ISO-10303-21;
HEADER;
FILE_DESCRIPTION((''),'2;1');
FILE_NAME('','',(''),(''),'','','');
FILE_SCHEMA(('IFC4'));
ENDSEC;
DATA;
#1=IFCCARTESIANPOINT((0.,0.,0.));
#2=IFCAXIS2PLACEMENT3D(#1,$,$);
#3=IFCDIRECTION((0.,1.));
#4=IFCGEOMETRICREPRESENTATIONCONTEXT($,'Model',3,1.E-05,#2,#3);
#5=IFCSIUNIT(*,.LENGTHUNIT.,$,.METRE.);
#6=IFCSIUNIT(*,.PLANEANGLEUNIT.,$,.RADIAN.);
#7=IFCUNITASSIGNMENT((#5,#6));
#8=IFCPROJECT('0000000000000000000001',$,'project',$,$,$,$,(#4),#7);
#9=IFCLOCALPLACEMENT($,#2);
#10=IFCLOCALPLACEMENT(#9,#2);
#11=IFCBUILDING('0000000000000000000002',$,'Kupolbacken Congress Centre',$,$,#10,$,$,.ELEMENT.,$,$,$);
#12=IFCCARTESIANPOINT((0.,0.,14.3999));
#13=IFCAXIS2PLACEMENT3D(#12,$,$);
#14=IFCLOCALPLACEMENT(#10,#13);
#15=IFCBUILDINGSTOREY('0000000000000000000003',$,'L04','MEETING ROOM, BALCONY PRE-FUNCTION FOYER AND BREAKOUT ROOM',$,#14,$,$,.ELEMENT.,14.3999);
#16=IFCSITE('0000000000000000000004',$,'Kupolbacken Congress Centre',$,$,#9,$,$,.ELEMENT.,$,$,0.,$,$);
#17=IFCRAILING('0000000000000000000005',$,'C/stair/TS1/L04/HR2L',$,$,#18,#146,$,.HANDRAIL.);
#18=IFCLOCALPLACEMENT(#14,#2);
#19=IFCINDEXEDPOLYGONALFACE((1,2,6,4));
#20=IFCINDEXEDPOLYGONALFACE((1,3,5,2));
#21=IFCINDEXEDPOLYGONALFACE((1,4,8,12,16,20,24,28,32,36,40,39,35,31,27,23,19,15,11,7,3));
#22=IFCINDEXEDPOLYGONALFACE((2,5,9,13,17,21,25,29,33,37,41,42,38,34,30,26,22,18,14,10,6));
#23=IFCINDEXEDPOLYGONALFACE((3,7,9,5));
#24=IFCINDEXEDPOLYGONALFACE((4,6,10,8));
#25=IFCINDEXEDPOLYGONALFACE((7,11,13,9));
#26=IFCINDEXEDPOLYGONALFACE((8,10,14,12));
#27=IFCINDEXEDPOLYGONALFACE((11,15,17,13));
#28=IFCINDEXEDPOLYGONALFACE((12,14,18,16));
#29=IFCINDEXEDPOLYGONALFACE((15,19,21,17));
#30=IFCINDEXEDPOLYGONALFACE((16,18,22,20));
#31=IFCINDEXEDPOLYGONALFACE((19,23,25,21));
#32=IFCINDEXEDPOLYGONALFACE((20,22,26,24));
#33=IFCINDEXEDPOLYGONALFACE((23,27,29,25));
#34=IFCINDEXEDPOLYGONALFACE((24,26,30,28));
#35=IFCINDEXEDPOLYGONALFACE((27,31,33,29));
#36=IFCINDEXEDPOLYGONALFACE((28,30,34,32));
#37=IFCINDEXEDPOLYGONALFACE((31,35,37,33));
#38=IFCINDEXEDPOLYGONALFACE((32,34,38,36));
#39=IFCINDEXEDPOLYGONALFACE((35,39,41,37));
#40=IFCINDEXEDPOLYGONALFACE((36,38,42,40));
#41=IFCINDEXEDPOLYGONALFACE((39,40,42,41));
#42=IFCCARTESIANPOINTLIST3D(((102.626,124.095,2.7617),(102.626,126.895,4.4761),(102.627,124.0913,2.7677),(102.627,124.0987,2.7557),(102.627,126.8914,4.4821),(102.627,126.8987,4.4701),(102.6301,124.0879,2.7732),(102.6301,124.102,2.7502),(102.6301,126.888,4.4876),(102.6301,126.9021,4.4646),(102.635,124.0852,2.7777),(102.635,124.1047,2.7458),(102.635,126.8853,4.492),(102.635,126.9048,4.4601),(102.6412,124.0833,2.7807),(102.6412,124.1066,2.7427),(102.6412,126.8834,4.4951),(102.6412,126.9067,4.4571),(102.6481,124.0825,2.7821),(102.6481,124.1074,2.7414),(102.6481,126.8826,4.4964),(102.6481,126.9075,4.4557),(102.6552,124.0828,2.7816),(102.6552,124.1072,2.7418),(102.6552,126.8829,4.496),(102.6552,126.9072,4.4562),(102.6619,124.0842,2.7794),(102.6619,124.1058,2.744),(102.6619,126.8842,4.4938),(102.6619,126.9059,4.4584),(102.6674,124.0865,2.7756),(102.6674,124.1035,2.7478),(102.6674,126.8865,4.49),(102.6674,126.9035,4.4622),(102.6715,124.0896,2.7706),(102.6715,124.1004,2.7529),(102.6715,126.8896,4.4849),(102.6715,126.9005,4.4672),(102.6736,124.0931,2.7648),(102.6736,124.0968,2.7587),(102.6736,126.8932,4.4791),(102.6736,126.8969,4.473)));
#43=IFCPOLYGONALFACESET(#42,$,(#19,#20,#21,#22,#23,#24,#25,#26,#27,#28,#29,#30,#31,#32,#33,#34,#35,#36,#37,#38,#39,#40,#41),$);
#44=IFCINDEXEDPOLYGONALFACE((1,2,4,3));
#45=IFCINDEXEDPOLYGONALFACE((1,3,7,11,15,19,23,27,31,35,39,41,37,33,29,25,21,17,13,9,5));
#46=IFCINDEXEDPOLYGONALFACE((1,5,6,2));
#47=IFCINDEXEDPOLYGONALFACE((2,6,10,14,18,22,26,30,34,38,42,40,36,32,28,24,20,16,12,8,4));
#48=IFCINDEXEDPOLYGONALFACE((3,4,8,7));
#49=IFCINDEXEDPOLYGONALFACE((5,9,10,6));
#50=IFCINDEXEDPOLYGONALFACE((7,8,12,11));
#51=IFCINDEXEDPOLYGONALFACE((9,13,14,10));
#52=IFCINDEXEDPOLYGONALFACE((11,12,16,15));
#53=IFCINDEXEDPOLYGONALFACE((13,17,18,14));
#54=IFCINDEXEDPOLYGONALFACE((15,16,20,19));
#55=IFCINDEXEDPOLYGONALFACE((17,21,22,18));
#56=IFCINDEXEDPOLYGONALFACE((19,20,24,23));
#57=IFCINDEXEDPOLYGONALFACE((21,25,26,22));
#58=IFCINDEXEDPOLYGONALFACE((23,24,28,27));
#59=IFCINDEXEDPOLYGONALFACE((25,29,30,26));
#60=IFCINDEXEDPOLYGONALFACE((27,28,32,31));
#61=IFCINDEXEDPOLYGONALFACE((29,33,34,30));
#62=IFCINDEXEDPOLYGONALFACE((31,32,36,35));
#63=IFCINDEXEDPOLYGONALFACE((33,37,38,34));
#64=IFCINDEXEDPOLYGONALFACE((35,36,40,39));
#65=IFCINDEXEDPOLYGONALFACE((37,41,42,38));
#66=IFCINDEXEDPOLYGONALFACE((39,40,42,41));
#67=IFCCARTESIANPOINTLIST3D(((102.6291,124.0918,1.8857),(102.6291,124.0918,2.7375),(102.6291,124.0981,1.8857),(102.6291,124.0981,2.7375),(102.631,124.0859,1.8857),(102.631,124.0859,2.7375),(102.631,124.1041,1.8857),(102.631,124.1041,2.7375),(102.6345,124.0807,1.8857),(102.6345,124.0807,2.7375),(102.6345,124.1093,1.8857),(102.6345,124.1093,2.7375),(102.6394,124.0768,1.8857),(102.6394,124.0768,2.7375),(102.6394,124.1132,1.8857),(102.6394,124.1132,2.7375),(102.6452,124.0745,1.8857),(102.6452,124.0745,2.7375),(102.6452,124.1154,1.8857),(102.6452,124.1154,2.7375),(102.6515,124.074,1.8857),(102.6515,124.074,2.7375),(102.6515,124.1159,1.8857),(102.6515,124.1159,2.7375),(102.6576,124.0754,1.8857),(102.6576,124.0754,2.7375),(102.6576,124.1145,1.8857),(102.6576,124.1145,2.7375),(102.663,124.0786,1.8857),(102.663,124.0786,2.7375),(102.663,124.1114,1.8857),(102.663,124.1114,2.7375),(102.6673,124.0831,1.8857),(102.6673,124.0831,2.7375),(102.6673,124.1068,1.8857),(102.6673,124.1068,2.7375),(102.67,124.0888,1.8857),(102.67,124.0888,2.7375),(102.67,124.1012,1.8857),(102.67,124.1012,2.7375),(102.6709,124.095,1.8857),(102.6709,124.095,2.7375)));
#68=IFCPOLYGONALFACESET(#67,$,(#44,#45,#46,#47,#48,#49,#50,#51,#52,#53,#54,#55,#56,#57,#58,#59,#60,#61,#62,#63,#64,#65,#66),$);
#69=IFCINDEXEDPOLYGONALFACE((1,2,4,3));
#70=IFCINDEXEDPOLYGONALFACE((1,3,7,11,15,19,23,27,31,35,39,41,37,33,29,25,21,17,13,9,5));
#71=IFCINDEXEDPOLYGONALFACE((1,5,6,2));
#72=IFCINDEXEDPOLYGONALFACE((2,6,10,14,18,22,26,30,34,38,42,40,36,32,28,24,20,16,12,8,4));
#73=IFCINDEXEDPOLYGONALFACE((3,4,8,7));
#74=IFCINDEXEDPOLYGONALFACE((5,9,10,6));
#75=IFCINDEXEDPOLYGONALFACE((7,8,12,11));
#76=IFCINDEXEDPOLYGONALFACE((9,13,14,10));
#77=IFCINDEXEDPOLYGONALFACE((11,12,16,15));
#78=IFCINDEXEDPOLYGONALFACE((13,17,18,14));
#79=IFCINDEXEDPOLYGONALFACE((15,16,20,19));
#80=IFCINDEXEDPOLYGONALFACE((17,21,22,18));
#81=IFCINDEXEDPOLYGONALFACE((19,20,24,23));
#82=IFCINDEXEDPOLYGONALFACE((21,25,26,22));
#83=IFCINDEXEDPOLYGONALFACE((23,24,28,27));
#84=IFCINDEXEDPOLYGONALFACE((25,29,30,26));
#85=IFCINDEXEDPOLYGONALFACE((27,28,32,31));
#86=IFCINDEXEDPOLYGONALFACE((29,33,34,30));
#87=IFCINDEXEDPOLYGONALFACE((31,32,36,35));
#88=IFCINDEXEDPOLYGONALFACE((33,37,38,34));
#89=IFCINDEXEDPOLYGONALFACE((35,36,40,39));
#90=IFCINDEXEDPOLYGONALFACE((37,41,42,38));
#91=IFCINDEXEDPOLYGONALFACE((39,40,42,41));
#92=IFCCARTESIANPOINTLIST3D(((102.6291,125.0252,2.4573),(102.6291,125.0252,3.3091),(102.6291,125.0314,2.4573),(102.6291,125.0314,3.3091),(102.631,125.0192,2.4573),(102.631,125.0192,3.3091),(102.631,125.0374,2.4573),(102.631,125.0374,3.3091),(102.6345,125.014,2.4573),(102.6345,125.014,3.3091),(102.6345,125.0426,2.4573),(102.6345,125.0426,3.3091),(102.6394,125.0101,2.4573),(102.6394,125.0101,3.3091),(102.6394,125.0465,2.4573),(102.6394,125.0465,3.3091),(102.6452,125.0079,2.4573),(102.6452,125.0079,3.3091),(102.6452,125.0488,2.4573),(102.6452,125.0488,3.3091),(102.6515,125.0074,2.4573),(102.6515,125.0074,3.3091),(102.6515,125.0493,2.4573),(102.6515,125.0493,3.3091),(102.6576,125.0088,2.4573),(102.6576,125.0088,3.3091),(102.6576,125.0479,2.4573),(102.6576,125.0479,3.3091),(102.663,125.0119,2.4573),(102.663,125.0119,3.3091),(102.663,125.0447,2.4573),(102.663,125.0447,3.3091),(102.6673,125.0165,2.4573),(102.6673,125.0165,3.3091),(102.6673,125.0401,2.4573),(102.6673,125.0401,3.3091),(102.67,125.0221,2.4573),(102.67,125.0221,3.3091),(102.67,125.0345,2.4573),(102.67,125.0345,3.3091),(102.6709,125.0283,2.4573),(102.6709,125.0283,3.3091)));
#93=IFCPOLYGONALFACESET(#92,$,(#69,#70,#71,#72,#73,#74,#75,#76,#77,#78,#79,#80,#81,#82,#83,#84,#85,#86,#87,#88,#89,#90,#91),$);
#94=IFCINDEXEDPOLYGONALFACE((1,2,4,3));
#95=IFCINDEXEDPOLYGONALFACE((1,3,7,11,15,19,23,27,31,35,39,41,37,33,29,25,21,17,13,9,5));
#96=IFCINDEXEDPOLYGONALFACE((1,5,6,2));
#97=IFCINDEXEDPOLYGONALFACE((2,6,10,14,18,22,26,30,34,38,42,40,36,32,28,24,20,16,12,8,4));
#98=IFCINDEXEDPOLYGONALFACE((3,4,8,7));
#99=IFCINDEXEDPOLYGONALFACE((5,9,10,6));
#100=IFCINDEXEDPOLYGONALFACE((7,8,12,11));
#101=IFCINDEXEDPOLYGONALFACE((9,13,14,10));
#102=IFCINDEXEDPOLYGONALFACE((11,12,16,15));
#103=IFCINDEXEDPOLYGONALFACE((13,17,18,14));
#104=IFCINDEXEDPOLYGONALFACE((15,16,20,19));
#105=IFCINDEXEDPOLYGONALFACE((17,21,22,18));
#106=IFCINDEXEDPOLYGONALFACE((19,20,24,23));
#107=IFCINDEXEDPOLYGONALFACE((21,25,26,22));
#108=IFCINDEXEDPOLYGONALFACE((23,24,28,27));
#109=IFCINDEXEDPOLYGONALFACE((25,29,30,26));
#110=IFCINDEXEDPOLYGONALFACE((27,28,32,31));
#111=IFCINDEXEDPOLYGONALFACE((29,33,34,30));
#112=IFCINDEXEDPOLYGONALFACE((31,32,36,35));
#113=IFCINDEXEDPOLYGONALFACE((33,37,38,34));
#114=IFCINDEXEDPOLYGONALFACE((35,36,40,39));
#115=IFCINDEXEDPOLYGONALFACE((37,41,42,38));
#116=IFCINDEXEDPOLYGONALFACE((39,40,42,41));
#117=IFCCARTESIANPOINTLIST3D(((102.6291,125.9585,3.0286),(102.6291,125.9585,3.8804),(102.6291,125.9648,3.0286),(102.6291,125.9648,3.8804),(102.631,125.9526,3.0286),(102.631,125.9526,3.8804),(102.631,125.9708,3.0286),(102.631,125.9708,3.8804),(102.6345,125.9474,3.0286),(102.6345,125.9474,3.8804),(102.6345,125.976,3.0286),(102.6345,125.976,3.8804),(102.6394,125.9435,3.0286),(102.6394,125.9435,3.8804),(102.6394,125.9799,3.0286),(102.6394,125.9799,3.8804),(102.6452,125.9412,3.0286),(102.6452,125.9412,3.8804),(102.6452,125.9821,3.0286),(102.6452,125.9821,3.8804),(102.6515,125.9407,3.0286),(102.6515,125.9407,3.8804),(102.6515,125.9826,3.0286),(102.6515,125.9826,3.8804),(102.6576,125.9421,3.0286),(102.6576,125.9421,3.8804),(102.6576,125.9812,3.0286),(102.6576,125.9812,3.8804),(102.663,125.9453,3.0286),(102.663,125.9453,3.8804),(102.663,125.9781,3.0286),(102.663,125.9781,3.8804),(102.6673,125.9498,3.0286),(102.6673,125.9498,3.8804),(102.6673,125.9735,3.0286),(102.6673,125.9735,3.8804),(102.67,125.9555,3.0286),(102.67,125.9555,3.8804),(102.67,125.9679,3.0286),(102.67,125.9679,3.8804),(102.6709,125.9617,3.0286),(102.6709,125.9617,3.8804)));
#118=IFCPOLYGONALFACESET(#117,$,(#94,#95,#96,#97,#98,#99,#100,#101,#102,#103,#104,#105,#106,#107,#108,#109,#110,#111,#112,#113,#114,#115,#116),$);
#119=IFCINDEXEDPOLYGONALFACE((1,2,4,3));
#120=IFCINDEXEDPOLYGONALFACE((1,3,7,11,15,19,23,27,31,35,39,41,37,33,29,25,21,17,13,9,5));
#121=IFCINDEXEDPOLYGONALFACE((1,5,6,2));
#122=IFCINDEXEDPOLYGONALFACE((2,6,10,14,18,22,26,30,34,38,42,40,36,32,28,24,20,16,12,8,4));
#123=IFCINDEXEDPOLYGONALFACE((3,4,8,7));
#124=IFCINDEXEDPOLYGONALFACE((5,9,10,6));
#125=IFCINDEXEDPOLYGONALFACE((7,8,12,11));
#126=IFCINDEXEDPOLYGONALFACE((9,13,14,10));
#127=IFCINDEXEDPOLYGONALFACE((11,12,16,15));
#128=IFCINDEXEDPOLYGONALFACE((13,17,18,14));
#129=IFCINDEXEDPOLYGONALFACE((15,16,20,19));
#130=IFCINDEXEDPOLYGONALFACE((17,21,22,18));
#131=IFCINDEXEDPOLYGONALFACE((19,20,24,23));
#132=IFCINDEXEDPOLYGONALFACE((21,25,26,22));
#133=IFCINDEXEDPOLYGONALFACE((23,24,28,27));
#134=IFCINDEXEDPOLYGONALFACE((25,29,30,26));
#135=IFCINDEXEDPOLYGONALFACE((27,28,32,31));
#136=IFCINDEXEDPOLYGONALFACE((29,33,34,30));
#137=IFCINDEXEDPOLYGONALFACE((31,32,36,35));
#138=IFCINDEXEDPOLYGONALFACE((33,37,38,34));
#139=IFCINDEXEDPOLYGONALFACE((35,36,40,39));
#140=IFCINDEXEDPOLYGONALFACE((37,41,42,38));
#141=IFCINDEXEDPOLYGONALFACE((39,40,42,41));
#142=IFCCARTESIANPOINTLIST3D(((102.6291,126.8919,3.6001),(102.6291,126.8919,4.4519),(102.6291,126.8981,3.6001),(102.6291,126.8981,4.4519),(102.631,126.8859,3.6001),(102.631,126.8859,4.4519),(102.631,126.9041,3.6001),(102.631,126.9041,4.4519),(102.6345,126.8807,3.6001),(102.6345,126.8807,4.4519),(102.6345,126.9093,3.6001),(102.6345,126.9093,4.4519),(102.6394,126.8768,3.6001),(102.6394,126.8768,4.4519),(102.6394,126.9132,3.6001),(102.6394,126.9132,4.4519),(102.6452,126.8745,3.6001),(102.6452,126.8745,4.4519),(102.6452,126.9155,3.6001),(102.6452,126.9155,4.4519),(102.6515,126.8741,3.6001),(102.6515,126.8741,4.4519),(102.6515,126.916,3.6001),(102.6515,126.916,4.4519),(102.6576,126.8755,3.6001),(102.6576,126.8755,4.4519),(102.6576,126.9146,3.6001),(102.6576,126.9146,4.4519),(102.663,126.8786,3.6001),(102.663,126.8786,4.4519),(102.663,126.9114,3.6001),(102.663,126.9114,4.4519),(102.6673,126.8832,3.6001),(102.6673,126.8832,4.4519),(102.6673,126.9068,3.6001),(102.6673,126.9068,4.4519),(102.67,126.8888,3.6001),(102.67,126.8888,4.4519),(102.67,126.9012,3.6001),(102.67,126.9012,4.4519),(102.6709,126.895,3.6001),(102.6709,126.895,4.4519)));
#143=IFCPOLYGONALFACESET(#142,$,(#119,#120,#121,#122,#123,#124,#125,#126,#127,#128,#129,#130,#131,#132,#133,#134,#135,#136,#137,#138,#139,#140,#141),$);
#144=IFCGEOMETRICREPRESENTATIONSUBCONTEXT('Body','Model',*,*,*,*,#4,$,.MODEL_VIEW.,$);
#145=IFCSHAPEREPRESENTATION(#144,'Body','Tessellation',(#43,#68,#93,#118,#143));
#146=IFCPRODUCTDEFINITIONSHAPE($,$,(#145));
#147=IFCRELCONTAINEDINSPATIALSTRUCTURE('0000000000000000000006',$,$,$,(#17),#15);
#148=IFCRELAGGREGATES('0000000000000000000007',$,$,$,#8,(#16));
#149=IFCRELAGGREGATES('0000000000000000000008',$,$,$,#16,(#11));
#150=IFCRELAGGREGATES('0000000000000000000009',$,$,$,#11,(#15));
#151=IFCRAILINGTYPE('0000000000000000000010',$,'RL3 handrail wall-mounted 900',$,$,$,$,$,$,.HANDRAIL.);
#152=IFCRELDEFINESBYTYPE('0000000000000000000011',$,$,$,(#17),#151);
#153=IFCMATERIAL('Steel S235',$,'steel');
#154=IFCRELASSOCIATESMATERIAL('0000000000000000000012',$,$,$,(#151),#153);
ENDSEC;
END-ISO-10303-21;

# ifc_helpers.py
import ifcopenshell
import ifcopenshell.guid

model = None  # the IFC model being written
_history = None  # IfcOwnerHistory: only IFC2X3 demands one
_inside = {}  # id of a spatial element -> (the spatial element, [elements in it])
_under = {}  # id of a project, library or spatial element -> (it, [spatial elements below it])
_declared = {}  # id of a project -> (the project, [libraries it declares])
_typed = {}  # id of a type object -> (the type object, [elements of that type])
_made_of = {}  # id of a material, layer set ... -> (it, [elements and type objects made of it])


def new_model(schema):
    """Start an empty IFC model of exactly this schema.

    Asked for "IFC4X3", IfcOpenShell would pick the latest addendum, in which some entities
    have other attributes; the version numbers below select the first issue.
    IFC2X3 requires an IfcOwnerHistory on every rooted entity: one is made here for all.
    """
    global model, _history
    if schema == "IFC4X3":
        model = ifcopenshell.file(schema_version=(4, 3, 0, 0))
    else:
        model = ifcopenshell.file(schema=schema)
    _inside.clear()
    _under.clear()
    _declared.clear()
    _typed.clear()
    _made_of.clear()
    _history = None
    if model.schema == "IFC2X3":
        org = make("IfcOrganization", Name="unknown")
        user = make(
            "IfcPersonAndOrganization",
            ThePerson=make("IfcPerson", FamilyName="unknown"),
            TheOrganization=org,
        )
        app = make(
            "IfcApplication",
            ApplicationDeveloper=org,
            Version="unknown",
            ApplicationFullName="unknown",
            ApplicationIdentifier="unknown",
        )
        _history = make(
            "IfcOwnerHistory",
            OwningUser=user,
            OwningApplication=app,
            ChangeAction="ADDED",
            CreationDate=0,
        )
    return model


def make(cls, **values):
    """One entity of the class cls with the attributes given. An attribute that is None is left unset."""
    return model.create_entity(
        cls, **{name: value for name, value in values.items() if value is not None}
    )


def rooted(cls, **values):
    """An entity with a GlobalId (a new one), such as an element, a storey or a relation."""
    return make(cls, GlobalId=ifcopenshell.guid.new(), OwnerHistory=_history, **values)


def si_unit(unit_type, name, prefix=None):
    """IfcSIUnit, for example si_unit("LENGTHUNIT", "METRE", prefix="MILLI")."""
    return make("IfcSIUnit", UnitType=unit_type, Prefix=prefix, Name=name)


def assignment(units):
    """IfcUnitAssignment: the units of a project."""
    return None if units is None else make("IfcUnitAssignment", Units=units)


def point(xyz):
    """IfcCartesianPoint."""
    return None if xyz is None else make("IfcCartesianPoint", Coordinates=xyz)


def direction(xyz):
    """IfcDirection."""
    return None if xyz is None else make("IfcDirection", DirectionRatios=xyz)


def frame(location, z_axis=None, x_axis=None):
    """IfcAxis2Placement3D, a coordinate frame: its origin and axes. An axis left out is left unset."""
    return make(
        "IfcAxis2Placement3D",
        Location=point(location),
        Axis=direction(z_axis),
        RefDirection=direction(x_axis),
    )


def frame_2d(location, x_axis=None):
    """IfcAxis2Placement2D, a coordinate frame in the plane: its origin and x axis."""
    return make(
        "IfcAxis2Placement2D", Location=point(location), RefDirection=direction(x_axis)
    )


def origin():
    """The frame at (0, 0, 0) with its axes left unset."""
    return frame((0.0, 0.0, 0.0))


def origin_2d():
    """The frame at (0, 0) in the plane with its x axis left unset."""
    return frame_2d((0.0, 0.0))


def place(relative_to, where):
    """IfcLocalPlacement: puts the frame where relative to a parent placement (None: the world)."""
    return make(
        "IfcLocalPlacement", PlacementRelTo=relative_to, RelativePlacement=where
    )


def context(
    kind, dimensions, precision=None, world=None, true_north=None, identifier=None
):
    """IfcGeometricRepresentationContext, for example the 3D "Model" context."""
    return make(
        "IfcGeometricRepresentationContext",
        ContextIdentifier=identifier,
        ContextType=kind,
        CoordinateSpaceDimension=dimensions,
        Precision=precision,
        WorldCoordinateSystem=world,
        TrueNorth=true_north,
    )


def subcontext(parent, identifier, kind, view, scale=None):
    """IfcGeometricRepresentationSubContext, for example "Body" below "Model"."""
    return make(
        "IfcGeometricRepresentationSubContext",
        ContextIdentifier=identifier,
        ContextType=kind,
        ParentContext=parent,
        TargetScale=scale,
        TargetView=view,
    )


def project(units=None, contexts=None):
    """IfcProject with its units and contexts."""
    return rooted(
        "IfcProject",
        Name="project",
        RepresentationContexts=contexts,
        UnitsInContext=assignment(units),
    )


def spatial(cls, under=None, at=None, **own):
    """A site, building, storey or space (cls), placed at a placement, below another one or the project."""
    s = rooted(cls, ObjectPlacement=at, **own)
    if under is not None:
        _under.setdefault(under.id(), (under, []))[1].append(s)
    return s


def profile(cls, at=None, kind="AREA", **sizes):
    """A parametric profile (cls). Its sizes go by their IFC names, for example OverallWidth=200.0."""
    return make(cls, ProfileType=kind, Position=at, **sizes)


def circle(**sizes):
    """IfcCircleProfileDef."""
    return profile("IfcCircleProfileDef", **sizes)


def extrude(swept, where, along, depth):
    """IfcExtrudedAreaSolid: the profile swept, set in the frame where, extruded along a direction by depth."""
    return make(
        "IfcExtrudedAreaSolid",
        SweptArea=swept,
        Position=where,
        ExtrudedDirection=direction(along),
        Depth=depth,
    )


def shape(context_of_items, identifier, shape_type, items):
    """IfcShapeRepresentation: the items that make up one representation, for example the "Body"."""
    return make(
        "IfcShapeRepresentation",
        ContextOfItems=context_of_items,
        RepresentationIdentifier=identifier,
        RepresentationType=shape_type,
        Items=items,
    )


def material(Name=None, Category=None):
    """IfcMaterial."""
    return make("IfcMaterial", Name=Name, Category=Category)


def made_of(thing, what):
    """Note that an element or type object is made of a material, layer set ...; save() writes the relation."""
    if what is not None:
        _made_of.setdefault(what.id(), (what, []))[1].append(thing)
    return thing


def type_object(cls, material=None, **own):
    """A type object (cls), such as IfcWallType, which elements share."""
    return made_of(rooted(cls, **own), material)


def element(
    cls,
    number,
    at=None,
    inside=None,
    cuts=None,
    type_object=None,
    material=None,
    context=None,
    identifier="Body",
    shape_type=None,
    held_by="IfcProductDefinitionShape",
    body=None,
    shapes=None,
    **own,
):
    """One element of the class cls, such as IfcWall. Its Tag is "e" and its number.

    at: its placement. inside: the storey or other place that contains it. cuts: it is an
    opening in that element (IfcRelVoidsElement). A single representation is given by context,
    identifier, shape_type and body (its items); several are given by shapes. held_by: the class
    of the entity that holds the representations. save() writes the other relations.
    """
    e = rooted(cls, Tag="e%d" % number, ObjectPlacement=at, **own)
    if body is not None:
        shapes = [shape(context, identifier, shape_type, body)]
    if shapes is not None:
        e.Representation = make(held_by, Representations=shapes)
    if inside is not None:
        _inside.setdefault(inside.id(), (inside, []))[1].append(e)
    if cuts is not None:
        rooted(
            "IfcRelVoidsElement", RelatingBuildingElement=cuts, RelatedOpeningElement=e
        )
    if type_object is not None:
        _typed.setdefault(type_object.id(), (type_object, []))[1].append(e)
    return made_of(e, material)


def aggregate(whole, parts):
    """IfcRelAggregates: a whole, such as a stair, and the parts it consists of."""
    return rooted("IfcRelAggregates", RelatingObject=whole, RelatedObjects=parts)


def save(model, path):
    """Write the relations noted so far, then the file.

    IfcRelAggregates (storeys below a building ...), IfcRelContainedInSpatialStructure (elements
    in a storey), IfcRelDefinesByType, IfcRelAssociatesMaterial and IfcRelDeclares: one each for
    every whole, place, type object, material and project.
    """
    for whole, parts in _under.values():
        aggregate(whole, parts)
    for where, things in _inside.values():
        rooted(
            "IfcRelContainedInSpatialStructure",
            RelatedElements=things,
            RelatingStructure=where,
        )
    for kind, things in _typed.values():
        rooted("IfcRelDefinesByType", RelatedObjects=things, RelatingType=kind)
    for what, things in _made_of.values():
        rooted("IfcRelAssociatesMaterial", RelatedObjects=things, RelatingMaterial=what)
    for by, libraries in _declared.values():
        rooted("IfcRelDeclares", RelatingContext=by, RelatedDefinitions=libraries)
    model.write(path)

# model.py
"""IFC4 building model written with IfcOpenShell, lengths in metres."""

from ifc_helpers import new_model, si_unit, direction, frame, origin, origin_2d, place, context, subcontext, project, spatial, circle, extrude, material, type_object, element, save


model = new_model("IFC4")

# Units and contexts
model_context = context("Model", 3, precision=1e-05, world=origin(), true_north=direction((0.0, 1.0)))
body_context = subcontext(model_context, "Body", "Model", "MODEL_VIEW")
ifc_project = project(units=[si_unit("LENGTHUNIT", "METRE"), si_unit("PLANEANGLEUNIT", "RADIAN")], contexts=[model_context])

# Site, building, storey
site_placement = place(None, origin())
site = spatial("IfcSite", under=ifc_project, at=site_placement, Name="Kupolbacken Congress Centre", CompositionType="ELEMENT", RefElevation=0.0)
building_placement = place(site_placement, origin())
building = spatial("IfcBuilding", under=site, at=building_placement, Name="Kupolbacken Congress Centre", CompositionType="ELEMENT")
storey_placement = place(building_placement, frame((0.0, 0.0, 14.3999)))
storey = spatial("IfcBuildingStorey", under=building, at=storey_placement, Name="L04", Description="MEETING ROOM, BALCONY PRE-FUNCTION FOYER AND BREAKOUT ROOM", CompositionType="ELEMENT", Elevation=14.3999)

# Railing
ifc_material_1 = material(Name="Steel S235", Category="steel")
railing_type = type_object("IfcRailingType", Name="RL3 handrail wall-mounted 900", PredefinedType="HANDRAIL", material=ifc_material_1)
for number, where, name in (
    (1, (102.6499, 124.095, 1.8857), "C/stair/TS1/L04/HR2L"),
):
    element("IfcRailing", number, at=place(storey_placement, frame(where)), inside=storey, type_object=railing_type, Name=name, PredefinedType="HANDRAIL", context=body_context, shape_type="SweptSolid", body=[
        extrude(circle(Radius=0.0239, at=origin_2d()), frame((0.0, 0.0, 0.876), z_axis=(0.0, 0.852846, 0.522163), x_axis=(-1.0, 0.0, 0.0)), (0.0, 0.0, 1.0), 3.2832),
        extrude(circle(Radius=0.021, at=origin_2d()), origin(), (0.0, 0.0, 1.0), 0.8518),
        extrude(circle(Radius=0.021, at=origin_2d()), frame((0.0, 0.9333, 0.5715)), (0.0, 0.0, 1.0), 0.8518),
        extrude(circle(Radius=0.021, at=origin_2d()), frame((0.0, 1.8667, 1.1428)), (0.0, 0.0, 1.0), 0.8518),
        extrude(circle(Radius=0.021, at=origin_2d()), frame((0.0, 2.8, 1.7144)), (0.0, 0.0, 1.0), 0.8518),
    ])

save(model, "model.ifc")
